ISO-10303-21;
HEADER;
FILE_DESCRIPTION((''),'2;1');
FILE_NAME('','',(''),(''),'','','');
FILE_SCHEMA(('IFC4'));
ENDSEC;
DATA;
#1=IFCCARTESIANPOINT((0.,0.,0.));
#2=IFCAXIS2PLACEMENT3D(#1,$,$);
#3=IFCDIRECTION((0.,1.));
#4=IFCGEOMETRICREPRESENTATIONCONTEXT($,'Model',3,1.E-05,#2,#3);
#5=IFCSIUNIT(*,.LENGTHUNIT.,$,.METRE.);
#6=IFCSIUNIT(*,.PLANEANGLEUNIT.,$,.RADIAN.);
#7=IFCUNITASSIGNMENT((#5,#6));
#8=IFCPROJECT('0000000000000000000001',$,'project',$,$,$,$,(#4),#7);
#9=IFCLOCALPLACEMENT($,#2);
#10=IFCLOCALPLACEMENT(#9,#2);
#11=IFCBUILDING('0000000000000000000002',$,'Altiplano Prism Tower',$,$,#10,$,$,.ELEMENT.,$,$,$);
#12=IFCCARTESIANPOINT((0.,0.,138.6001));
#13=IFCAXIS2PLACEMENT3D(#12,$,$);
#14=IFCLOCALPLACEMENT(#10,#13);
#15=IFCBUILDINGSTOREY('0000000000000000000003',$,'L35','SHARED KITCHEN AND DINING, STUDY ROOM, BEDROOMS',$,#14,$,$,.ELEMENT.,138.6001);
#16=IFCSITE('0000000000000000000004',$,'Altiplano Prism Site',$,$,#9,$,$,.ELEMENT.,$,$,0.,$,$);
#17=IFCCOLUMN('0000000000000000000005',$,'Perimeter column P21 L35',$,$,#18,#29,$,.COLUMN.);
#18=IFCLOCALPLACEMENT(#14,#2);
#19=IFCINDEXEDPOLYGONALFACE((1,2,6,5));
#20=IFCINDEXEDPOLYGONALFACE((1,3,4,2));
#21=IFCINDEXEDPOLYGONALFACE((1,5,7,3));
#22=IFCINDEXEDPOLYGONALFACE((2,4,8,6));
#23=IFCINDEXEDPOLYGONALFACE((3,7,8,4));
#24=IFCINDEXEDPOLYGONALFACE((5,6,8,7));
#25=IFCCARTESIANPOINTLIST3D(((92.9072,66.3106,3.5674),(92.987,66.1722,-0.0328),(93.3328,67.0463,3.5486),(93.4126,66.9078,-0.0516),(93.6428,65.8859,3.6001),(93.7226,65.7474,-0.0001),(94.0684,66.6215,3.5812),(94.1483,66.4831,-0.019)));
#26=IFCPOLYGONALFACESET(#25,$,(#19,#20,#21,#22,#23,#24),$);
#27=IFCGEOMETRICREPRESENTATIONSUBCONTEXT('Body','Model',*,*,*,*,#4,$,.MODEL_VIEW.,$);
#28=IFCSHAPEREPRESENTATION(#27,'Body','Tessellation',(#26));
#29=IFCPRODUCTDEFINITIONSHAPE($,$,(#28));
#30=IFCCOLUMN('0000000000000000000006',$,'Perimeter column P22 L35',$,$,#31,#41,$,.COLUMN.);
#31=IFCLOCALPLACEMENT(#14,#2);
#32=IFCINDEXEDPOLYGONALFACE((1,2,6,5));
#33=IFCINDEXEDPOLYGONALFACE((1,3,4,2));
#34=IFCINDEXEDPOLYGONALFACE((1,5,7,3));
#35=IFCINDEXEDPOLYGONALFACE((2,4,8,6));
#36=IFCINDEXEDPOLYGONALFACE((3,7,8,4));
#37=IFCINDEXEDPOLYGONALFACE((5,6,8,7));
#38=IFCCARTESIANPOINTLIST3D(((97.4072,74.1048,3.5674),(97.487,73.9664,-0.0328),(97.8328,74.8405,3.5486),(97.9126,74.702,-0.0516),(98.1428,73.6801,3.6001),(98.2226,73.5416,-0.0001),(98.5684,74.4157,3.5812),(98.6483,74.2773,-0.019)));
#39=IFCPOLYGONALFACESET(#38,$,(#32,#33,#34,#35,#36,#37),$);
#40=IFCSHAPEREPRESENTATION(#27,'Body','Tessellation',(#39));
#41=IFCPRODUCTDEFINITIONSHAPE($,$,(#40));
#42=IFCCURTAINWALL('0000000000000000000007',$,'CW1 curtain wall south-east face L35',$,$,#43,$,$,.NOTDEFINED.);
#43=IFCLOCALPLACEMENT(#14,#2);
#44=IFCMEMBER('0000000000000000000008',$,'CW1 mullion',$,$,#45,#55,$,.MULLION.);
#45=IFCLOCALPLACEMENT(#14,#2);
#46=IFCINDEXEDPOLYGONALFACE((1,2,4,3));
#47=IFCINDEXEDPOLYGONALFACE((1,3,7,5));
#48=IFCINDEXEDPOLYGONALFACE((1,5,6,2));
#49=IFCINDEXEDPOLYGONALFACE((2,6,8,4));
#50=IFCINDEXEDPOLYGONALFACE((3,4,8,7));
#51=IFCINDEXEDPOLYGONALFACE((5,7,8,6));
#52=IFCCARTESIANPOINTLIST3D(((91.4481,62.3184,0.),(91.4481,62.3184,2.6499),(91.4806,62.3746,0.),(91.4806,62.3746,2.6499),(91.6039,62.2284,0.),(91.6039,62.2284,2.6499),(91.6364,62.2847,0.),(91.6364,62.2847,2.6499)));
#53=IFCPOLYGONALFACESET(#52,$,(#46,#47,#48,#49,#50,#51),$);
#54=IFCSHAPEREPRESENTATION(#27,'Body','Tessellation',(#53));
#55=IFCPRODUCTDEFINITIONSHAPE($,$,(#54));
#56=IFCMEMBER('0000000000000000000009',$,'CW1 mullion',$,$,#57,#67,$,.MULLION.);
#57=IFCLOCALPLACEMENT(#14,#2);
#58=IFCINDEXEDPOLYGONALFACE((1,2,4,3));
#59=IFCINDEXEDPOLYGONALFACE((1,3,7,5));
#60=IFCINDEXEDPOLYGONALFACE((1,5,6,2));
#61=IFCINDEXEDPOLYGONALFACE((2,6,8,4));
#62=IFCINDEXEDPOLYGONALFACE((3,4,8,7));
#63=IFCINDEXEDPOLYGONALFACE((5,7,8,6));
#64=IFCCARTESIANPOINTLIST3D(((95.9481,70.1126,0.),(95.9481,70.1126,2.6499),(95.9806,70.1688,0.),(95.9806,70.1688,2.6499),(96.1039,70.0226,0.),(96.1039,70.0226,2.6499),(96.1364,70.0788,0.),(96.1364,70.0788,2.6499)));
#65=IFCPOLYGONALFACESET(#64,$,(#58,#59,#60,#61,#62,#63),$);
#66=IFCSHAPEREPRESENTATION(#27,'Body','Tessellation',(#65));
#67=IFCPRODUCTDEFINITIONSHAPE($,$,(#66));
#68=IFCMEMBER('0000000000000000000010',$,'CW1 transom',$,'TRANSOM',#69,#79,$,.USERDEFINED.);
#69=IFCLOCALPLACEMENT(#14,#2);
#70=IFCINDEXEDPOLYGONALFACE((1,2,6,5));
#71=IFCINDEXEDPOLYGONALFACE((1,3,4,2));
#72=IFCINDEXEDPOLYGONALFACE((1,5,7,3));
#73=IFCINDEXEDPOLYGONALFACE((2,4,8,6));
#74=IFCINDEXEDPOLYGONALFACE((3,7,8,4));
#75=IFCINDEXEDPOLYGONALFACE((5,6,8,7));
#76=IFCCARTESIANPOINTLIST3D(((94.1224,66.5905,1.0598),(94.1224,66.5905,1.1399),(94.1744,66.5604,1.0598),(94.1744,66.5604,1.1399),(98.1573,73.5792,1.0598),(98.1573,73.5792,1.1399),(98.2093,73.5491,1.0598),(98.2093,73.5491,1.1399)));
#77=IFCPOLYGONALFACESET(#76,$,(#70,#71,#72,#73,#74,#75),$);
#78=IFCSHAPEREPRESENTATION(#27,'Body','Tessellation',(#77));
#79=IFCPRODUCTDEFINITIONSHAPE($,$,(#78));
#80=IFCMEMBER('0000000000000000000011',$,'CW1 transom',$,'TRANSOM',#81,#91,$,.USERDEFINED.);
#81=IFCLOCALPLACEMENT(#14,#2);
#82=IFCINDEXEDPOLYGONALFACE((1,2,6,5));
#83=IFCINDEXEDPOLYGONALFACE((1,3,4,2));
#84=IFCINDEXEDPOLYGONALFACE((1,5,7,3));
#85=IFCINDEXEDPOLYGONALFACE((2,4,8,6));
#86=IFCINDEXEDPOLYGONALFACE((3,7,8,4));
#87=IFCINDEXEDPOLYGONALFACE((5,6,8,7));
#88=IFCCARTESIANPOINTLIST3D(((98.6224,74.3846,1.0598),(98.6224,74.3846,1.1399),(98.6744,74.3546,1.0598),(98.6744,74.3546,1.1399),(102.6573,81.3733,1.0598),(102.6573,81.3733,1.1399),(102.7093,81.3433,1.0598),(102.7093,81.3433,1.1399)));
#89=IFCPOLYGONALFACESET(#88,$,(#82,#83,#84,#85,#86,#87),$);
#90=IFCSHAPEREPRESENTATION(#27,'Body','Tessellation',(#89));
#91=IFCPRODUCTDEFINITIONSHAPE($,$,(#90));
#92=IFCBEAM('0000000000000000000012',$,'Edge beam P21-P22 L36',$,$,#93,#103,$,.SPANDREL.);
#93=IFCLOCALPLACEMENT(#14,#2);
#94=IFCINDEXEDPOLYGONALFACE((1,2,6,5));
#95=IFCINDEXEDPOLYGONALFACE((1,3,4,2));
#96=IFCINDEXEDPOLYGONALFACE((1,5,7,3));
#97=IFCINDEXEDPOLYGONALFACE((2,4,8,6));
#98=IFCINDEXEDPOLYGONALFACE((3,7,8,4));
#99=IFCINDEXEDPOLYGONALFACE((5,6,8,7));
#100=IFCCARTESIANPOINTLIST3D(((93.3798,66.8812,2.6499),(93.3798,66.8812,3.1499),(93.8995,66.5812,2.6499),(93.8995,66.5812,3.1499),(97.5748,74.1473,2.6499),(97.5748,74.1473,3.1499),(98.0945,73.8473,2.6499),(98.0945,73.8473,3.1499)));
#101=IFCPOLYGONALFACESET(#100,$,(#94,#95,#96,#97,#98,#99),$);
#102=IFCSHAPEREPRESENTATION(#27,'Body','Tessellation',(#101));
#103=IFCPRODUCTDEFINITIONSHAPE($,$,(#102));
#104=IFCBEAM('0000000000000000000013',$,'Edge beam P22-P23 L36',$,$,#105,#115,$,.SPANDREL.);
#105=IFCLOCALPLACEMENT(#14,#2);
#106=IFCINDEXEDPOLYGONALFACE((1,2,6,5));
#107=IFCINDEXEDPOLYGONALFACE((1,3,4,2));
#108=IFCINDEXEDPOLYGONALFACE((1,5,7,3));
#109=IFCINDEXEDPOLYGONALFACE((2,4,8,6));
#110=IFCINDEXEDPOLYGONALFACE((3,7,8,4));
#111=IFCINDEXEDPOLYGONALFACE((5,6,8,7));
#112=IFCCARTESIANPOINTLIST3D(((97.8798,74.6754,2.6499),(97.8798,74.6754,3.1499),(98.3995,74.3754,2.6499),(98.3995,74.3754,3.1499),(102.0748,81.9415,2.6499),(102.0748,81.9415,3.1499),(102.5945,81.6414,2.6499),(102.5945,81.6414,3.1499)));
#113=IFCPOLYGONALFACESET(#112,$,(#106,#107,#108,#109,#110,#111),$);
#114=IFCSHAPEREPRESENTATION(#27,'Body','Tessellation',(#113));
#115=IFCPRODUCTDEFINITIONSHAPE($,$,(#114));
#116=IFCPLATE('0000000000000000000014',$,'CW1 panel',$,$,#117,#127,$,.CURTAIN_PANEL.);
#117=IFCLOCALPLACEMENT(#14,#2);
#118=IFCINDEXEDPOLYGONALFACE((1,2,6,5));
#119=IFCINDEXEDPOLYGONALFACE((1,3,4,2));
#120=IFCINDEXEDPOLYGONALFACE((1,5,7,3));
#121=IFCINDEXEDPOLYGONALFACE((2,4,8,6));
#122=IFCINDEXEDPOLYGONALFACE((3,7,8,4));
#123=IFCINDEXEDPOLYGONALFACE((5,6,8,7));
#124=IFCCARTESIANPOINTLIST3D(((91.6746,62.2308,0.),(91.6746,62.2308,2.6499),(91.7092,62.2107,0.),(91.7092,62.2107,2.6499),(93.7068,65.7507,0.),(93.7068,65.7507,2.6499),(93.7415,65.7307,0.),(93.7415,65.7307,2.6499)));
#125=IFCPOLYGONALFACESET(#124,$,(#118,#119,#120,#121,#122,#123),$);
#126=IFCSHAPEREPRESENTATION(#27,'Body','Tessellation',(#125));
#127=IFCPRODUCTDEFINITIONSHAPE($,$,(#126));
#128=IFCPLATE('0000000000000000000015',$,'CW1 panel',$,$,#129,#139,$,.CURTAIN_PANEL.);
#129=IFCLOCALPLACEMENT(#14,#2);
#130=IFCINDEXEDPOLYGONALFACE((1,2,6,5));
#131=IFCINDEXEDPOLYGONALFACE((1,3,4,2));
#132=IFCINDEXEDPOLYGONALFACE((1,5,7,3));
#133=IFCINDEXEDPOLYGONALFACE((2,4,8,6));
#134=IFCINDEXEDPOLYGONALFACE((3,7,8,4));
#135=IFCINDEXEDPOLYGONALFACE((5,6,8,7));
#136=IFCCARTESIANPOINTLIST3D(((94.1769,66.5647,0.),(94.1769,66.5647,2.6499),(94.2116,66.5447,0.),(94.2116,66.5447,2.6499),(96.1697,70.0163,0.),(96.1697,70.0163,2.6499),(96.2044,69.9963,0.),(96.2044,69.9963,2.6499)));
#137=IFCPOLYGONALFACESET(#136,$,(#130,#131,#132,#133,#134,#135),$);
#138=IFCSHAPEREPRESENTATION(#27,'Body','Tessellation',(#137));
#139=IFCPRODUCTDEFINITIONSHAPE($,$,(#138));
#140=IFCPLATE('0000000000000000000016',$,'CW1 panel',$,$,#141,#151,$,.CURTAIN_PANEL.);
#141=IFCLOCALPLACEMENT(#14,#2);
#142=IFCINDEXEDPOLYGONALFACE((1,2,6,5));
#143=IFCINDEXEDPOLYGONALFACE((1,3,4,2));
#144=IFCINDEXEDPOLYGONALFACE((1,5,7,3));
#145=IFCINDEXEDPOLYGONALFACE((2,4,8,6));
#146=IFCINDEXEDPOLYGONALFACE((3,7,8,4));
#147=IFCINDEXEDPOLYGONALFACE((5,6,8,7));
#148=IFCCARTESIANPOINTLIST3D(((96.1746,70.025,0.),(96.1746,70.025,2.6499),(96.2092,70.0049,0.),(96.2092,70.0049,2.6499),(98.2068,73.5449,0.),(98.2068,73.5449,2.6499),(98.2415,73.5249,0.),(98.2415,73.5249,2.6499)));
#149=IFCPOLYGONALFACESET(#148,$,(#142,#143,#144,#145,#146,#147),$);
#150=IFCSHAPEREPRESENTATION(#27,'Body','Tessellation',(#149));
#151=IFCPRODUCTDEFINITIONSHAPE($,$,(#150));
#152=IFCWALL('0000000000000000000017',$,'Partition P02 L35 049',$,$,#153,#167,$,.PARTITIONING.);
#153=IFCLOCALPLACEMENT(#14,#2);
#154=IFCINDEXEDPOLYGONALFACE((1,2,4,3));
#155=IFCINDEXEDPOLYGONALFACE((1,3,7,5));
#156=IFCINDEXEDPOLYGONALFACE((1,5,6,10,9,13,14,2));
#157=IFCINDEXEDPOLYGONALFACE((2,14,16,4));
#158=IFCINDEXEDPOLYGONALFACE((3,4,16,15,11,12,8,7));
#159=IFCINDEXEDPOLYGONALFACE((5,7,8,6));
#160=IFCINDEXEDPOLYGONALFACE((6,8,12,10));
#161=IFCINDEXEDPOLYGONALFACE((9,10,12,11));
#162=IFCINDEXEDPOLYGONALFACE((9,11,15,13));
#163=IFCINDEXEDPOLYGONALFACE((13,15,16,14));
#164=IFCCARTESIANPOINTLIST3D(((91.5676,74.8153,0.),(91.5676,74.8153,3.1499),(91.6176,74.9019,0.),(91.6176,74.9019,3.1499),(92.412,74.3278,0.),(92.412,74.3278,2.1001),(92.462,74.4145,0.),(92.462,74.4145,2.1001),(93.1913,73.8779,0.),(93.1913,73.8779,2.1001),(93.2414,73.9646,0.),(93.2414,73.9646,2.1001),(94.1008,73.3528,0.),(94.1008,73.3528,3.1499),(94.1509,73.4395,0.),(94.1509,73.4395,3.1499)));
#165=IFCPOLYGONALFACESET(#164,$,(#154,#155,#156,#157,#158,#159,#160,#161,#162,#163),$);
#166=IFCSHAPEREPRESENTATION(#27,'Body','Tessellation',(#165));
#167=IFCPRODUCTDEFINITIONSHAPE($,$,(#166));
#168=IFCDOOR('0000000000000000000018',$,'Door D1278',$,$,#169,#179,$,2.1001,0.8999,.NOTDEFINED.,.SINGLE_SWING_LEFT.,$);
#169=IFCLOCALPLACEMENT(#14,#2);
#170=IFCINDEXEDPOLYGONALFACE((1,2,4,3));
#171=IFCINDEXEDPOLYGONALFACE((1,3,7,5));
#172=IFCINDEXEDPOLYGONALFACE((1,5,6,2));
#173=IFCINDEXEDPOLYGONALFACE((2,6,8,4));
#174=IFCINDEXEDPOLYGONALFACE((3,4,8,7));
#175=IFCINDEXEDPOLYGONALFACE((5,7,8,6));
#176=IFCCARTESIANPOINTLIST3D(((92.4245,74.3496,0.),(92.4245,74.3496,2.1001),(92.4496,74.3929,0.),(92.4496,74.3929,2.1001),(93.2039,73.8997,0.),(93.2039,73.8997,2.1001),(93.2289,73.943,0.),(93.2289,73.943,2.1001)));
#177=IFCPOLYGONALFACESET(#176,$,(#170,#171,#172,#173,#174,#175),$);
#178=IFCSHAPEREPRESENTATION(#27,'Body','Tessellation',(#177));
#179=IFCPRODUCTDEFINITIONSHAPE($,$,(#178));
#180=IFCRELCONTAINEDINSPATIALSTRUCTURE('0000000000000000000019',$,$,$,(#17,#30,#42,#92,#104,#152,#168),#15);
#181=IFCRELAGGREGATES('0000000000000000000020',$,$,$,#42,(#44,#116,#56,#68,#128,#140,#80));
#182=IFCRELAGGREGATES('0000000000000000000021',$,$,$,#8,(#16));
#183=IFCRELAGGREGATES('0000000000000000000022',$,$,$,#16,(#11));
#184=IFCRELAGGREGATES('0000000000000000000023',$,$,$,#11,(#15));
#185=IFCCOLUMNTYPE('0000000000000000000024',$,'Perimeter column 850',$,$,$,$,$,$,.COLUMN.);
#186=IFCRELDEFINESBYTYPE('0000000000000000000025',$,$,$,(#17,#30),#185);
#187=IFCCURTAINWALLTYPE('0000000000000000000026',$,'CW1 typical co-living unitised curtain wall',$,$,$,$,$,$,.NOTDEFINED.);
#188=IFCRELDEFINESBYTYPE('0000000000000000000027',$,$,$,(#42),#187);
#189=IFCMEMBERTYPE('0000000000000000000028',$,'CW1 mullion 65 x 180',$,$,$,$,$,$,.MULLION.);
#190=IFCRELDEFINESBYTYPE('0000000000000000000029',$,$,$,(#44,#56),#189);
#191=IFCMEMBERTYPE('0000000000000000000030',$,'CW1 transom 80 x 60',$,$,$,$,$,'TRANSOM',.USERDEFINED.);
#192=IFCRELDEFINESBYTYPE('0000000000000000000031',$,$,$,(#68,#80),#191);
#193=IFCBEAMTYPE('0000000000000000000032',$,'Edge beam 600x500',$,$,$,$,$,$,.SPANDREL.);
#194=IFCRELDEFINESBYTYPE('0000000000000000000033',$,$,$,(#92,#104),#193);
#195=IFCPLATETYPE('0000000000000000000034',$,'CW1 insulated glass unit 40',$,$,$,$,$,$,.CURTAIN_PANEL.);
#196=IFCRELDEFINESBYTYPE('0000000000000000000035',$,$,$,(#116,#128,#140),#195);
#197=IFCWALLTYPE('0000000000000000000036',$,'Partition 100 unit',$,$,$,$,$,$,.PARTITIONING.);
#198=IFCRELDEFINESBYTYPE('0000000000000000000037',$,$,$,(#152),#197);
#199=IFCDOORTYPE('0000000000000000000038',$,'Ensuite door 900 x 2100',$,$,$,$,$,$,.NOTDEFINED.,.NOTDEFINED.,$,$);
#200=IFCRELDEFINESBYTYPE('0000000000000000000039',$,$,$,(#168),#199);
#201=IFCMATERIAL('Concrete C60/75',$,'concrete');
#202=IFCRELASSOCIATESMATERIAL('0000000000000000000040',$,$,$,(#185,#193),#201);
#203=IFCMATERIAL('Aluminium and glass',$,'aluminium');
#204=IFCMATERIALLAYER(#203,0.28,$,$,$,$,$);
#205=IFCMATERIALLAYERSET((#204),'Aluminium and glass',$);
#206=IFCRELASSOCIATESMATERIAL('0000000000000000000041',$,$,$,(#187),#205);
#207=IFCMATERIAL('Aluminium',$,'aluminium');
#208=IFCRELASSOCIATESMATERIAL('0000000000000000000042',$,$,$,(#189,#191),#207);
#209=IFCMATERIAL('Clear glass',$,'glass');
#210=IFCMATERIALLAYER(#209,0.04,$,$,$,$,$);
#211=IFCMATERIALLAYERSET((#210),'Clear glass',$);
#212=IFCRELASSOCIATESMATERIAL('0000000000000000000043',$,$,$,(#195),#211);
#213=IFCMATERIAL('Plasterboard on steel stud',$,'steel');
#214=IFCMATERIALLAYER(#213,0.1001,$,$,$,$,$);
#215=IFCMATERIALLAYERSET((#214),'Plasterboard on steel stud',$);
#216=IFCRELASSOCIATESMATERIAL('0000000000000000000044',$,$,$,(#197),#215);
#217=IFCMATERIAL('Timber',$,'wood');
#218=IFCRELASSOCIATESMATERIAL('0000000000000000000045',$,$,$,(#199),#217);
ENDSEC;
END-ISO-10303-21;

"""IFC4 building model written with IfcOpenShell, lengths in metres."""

from ifc_helpers import new_model, si_unit, direction, frame, frame_2d, origin, origin_2d, place, context, subcontext, project, spatial, rectangle, extrude, material, layer, layer_set, material_profile, profile_set, type_object, element, fill, aggregate, save


model = new_model("IFC4")

# Units and contexts
model_context = context("Model", 3, precision=1e-05, world=origin(), true_north=direction((0.0, 1.0)))
body_context = subcontext(model_context, "Body", "Model", "MODEL_VIEW")
ifc_project = project(units=[si_unit("LENGTHUNIT", "METRE"), si_unit("PLANEANGLEUNIT", "RADIAN")], contexts=[model_context])

# Site, building, storey
site_placement = place(None, origin())
site = spatial("IfcSite", under=ifc_project, at=site_placement, Name="Altiplano Prism Site", CompositionType="ELEMENT", RefElevation=0.0)
building_placement = place(site_placement, origin())
building = spatial("IfcBuilding", under=site, at=building_placement, Name="Altiplano Prism Tower", CompositionType="ELEMENT")
storey_placement = place(building_placement, frame((0.0, 0.0, 138.6001)))
storey = spatial("IfcBuildingStorey", under=building, at=storey_placement, Name="L35", Description="SHARED KITCHEN AND DINING, STUDY ROOM, BEDROOMS", CompositionType="ELEMENT", Elevation=138.6001)

# Columns
ifc_material_1 = material(Name="Concrete C60/75", Category="concrete")
ifc_material_profile_1 = material_profile(ifc_material_1, rectangle(XDim=0.8501, YDim=0.8501, at=origin_2d()), Name="Perimeter column 850")
ifc_profile_set_1 = profile_set([ifc_material_profile_1], Name="Concrete C60/75")
column_type = type_object("IfcColumnType", Name="Perimeter column 850", PredefinedType="COLUMN", material=ifc_profile_set_1)
for number, where, z_axis, x_axis, name in (
    (1, (93.5676, 66.3276, -0.0259), (-0.022154, 0.038413, 0.999016), (-0.500655, -0.865363, 0.022172), "Perimeter column P21 L35"),
    (2, (98.0676, 74.1218, -0.0259), (-0.022154, 0.038413, 0.999016), (-0.500655, -0.865363, 0.022172), "Perimeter column P22 L35"),
):
    element("IfcColumn", number, at=place(storey_placement, frame(where, z_axis=z_axis, x_axis=x_axis)), inside=storey, type_object=column_type, Name=name, PredefinedType="COLUMN", context=body_context, shape_type="SweptSolid", body=[
        extrude(rectangle(XDim=0.8501, YDim=0.8501, at=origin_2d()), origin(), (0.0, 0.0, 1.0), 3.6038),
    ])

# Curtain wall, members
ifc_material_2 = material(Name="Aluminium and glass", Category="aluminium")
ifc_layer_1 = layer(ifc_material_2, 0.28)
ifc_layer_set_1 = layer_set([ifc_layer_1], Name="Aluminium and glass")
curtain_wall_type = type_object("IfcCurtainWallType", Name="CW1 typical co-living unitised curtain wall", PredefinedType="NOTDEFINED", material=ifc_layer_set_1)
curtain_wall_placement = place(storey_placement, origin())
curtain_wall = element("IfcCurtainWall", 3, at=curtain_wall_placement, inside=storey, type_object=curtain_wall_type, Name="CW1 curtain wall south-east face L35", PredefinedType="NOTDEFINED")
ifc_material_3 = material(Name="Aluminium", Category="aluminium")
ifc_material_profile_2 = material_profile(ifc_material_3, rectangle(XDim=0.1799, YDim=0.0649, at=origin_2d()), Name="CW1 mullion 65 x 180")
ifc_profile_set_2 = profile_set([ifc_material_profile_2], Name="Aluminium")
member_type_1 = type_object("IfcMemberType", Name="CW1 mullion 65 x 180", PredefinedType="MULLION", material=ifc_profile_set_2)
member_1_placement = place(storey_placement, frame((91.5422, 62.3015, 0.0), z_axis=(0.0, 0.0, 1.0), x_axis=(-0.866025, 0.5, 0.0)))
member_1 = element("IfcMember", 4, at=member_1_placement, type_object=member_type_1, Name="CW1 mullion", PredefinedType="MULLION", context=body_context, shape_type="SweptSolid", body=[
    extrude(rectangle(XDim=0.1799, YDim=0.0649, at=origin_2d()), origin(), (0.0, 0.0, 1.0), 2.6499),
])
member_2_placement = place(storey_placement, frame((96.0422, 70.0957, 0.0), z_axis=(0.0, 0.0, 1.0), x_axis=(-0.866025, 0.5, 0.0)))
member_2 = element("IfcMember", 5, at=member_2_placement, type_object=member_type_1, Name="CW1 mullion", PredefinedType="MULLION", context=body_context, shape_type="SweptSolid", body=[
    extrude(rectangle(XDim=0.1799, YDim=0.0649, at=origin_2d()), origin(), (0.0, 0.0, 1.0), 2.6499),
])
ifc_material_profile_3 = material_profile(ifc_material_3, rectangle(XDim=0.0601, YDim=0.0801, at=origin_2d()), Name="CW1 transom 80 x 60")
ifc_profile_set_3 = profile_set([ifc_material_profile_3], Name="Aluminium")
member_type_2 = type_object("IfcMemberType", Name="CW1 transom 80 x 60", ElementType="TRANSOM", PredefinedType="USERDEFINED", material=ifc_profile_set_3)
member_3_placement = place(storey_placement, frame((94.1484, 66.5754, 1.0999), z_axis=(0.499995, 0.866028, 0.0), x_axis=(-0.866028, 0.499995, 0.0)))
member_3 = element("IfcMember", 6, at=member_3_placement, type_object=member_type_2, Name="CW1 transom", ObjectType="TRANSOM", PredefinedType="USERDEFINED", context=body_context, shape_type="SweptSolid", body=[
    extrude(rectangle(XDim=0.0601, YDim=0.0801, at=origin_2d()), origin(), (0.0, 0.0, 1.0), 8.0698),
])
member_4_placement = place(storey_placement, frame((98.6484, 74.3696, 1.0999), z_axis=(0.499995, 0.866028, 0.0), x_axis=(-0.866028, 0.499995, 0.0)))
member_4 = element("IfcMember", 7, at=member_4_placement, type_object=member_type_2, Name="CW1 transom", ObjectType="TRANSOM", PredefinedType="USERDEFINED", context=body_context, shape_type="SweptSolid", body=[
    extrude(rectangle(XDim=0.0601, YDim=0.0801, at=origin_2d()), origin(), (0.0, 0.0, 1.0), 8.0698),
])

# Beams
ifc_material_profile_4 = material_profile(ifc_material_1, rectangle(XDim=0.6001, YDim=0.5, at=origin_2d()), Name="Edge beam 600x500")
ifc_profile_set_4 = profile_set([ifc_material_profile_4], Name="Concrete C60/75")
beam_type = type_object("IfcBeamType", Name="Edge beam 600x500", PredefinedType="SPANDREL", material=ifc_profile_set_4)
for number, where, z_axis, x_axis, name in (
    (8, (93.6396, 66.7312, 2.8999), (0.499998, 0.866027, 0.0), (-0.866027, 0.499998, 0.0), "Edge beam P21-P22 L36"),
    (9, (98.1396, 74.5254, 2.8999), (0.499998, 0.866027, 0.0), (-0.866027, 0.499998, 0.0), "Edge beam P22-P23 L36"),
):
    element("IfcBeam", number, at=place(storey_placement, frame(where, z_axis=z_axis, x_axis=x_axis)), inside=storey, type_object=beam_type, Name=name, PredefinedType="SPANDREL", context=body_context, shape_type="SweptSolid", body=[
        extrude(rectangle(XDim=0.6001, YDim=0.5, at=origin_2d()), origin(), (0.0, 0.0, 1.0), 8.3901),
    ])

# Plates
ifc_material_4 = material(Name="Clear glass", Category="glass")
ifc_layer_2 = layer(ifc_material_4, 0.04)
ifc_layer_set_2 = layer_set([ifc_layer_2], Name="Clear glass")
plate_type = type_object("IfcPlateType", Name="CW1 insulated glass unit 40", PredefinedType="CURTAIN_PANEL", material=ifc_layer_set_2)
plate_1_placement = place(storey_placement, frame((92.708, 63.9807, 0.0), z_axis=(0.0, 0.0, 1.0), x_axis=(0.5, 0.866025, 0.0)))
plate_1 = element("IfcPlate", 10, at=plate_1_placement, type_object=plate_type, Name="CW1 panel", PredefinedType="CURTAIN_PANEL", context=body_context, shape_type="SweptSolid", body=[
    extrude(rectangle(XDim=4.0645, YDim=0.04, at=origin_2d()), origin(), (0.0, 0.0, 1.0), 2.6499),
])
plate_2_placement = place(storey_placement, frame((95.1907, 68.2805, 0.0), z_axis=(0.0, 0.0, 1.0), x_axis=(0.5, 0.866025, 0.0)))
plate_2 = element("IfcPlate", 11, at=plate_2_placement, type_object=plate_type, Name="CW1 panel", PredefinedType="CURTAIN_PANEL", context=body_context, shape_type="SweptSolid", body=[
    extrude(rectangle(XDim=3.9856, YDim=0.04, at=origin_2d()), origin(), (0.0, 0.0, 1.0), 2.6499),
])
plate_3_placement = place(storey_placement, frame((97.208, 71.7749, 0.0), z_axis=(0.0, 0.0, 1.0), x_axis=(0.5, 0.866025, 0.0)))
plate_3 = element("IfcPlate", 12, at=plate_3_placement, type_object=plate_type, Name="CW1 panel", PredefinedType="CURTAIN_PANEL", context=body_context, shape_type="SweptSolid", body=[
    extrude(rectangle(XDim=4.0645, YDim=0.04, at=origin_2d()), origin(), (0.0, 0.0, 1.0), 2.6499),
])
aggregate(curtain_wall, [member_1, plate_1, member_2, member_3, plate_2, plate_3, member_4])

# Wall, opening, door
ifc_material_5 = material(Name="Plasterboard on steel stud", Category="steel")
ifc_layer_3 = layer(ifc_material_5, 0.1001)
ifc_layer_set_3 = layer_set([ifc_layer_3], Name="Plasterboard on steel stud")
wall_type_1 = type_object("IfcWallType", Name="Partition 100 unit", PredefinedType="PARTITIONING", material=ifc_layer_set_3)
wall_1_placement = place(storey_placement, frame((94.1257, 73.3962, 0.0), z_axis=(0.0, 0.0, 1.0), x_axis=(-0.866047, 0.499963, 0.0)))
wall_1 = element("IfcWall", 13, at=wall_1_placement, inside=storey, type_object=wall_type_1, Name="Partition P02 L35 049", PredefinedType="PARTITIONING", context=body_context, shape_type="SweptSolid", body=[
    extrude(rectangle(XDim=2.925, YDim=0.1001, at=frame_2d((1.4624, 0.0))), origin(), (0.0, 0.0, 1.0), 3.1499),
])
opening_placement = place(wall_1_placement, frame((1.05, 0.0, 0.0)))
opening = element("IfcOpeningElement", 14, at=opening_placement, cuts=wall_1, PredefinedType="OPENING", context=body_context, shape_type="SweptSolid", body=[
    extrude(rectangle(XDim=0.8999, YDim=2.1001, at=frame_2d((0.45, 1.05))), frame((0.0, 0.0605, 0.0), z_axis=(0.0, -1.0, 0.0), x_axis=(1.0, 0.0, 0.0)), (0.0, 0.0, 1.0), 0.1211),
])
ifc_material_6 = material(Name="Timber", Category="wood")
door_type = type_object("IfcDoorType", Name="Ensuite door 900 x 2100", OperationType="NOTDEFINED", PredefinedType="NOTDEFINED", material=ifc_material_6)
door_placement = place(opening_placement, origin())
door = element("IfcDoor", 15, at=door_placement, inside=storey, type_object=door_type, Name="Door D1278", OperationType="SINGLE_SWING_LEFT", OverallHeight=2.1001, OverallWidth=0.8999, PredefinedType="NOTDEFINED", context=body_context, shape_type="SweptSolid", body=[
    extrude(rectangle(XDim=0.8999, YDim=2.1001, at=frame_2d((0.45, 1.05))), frame((0.0, 0.0249, 0.0), z_axis=(0.0, -1.0, 0.0), x_axis=(1.0, 0.0, 0.0)), (0.0, 0.0, 1.0), 0.05),
])
fill(opening, door)

save(model, "model.ifc")
